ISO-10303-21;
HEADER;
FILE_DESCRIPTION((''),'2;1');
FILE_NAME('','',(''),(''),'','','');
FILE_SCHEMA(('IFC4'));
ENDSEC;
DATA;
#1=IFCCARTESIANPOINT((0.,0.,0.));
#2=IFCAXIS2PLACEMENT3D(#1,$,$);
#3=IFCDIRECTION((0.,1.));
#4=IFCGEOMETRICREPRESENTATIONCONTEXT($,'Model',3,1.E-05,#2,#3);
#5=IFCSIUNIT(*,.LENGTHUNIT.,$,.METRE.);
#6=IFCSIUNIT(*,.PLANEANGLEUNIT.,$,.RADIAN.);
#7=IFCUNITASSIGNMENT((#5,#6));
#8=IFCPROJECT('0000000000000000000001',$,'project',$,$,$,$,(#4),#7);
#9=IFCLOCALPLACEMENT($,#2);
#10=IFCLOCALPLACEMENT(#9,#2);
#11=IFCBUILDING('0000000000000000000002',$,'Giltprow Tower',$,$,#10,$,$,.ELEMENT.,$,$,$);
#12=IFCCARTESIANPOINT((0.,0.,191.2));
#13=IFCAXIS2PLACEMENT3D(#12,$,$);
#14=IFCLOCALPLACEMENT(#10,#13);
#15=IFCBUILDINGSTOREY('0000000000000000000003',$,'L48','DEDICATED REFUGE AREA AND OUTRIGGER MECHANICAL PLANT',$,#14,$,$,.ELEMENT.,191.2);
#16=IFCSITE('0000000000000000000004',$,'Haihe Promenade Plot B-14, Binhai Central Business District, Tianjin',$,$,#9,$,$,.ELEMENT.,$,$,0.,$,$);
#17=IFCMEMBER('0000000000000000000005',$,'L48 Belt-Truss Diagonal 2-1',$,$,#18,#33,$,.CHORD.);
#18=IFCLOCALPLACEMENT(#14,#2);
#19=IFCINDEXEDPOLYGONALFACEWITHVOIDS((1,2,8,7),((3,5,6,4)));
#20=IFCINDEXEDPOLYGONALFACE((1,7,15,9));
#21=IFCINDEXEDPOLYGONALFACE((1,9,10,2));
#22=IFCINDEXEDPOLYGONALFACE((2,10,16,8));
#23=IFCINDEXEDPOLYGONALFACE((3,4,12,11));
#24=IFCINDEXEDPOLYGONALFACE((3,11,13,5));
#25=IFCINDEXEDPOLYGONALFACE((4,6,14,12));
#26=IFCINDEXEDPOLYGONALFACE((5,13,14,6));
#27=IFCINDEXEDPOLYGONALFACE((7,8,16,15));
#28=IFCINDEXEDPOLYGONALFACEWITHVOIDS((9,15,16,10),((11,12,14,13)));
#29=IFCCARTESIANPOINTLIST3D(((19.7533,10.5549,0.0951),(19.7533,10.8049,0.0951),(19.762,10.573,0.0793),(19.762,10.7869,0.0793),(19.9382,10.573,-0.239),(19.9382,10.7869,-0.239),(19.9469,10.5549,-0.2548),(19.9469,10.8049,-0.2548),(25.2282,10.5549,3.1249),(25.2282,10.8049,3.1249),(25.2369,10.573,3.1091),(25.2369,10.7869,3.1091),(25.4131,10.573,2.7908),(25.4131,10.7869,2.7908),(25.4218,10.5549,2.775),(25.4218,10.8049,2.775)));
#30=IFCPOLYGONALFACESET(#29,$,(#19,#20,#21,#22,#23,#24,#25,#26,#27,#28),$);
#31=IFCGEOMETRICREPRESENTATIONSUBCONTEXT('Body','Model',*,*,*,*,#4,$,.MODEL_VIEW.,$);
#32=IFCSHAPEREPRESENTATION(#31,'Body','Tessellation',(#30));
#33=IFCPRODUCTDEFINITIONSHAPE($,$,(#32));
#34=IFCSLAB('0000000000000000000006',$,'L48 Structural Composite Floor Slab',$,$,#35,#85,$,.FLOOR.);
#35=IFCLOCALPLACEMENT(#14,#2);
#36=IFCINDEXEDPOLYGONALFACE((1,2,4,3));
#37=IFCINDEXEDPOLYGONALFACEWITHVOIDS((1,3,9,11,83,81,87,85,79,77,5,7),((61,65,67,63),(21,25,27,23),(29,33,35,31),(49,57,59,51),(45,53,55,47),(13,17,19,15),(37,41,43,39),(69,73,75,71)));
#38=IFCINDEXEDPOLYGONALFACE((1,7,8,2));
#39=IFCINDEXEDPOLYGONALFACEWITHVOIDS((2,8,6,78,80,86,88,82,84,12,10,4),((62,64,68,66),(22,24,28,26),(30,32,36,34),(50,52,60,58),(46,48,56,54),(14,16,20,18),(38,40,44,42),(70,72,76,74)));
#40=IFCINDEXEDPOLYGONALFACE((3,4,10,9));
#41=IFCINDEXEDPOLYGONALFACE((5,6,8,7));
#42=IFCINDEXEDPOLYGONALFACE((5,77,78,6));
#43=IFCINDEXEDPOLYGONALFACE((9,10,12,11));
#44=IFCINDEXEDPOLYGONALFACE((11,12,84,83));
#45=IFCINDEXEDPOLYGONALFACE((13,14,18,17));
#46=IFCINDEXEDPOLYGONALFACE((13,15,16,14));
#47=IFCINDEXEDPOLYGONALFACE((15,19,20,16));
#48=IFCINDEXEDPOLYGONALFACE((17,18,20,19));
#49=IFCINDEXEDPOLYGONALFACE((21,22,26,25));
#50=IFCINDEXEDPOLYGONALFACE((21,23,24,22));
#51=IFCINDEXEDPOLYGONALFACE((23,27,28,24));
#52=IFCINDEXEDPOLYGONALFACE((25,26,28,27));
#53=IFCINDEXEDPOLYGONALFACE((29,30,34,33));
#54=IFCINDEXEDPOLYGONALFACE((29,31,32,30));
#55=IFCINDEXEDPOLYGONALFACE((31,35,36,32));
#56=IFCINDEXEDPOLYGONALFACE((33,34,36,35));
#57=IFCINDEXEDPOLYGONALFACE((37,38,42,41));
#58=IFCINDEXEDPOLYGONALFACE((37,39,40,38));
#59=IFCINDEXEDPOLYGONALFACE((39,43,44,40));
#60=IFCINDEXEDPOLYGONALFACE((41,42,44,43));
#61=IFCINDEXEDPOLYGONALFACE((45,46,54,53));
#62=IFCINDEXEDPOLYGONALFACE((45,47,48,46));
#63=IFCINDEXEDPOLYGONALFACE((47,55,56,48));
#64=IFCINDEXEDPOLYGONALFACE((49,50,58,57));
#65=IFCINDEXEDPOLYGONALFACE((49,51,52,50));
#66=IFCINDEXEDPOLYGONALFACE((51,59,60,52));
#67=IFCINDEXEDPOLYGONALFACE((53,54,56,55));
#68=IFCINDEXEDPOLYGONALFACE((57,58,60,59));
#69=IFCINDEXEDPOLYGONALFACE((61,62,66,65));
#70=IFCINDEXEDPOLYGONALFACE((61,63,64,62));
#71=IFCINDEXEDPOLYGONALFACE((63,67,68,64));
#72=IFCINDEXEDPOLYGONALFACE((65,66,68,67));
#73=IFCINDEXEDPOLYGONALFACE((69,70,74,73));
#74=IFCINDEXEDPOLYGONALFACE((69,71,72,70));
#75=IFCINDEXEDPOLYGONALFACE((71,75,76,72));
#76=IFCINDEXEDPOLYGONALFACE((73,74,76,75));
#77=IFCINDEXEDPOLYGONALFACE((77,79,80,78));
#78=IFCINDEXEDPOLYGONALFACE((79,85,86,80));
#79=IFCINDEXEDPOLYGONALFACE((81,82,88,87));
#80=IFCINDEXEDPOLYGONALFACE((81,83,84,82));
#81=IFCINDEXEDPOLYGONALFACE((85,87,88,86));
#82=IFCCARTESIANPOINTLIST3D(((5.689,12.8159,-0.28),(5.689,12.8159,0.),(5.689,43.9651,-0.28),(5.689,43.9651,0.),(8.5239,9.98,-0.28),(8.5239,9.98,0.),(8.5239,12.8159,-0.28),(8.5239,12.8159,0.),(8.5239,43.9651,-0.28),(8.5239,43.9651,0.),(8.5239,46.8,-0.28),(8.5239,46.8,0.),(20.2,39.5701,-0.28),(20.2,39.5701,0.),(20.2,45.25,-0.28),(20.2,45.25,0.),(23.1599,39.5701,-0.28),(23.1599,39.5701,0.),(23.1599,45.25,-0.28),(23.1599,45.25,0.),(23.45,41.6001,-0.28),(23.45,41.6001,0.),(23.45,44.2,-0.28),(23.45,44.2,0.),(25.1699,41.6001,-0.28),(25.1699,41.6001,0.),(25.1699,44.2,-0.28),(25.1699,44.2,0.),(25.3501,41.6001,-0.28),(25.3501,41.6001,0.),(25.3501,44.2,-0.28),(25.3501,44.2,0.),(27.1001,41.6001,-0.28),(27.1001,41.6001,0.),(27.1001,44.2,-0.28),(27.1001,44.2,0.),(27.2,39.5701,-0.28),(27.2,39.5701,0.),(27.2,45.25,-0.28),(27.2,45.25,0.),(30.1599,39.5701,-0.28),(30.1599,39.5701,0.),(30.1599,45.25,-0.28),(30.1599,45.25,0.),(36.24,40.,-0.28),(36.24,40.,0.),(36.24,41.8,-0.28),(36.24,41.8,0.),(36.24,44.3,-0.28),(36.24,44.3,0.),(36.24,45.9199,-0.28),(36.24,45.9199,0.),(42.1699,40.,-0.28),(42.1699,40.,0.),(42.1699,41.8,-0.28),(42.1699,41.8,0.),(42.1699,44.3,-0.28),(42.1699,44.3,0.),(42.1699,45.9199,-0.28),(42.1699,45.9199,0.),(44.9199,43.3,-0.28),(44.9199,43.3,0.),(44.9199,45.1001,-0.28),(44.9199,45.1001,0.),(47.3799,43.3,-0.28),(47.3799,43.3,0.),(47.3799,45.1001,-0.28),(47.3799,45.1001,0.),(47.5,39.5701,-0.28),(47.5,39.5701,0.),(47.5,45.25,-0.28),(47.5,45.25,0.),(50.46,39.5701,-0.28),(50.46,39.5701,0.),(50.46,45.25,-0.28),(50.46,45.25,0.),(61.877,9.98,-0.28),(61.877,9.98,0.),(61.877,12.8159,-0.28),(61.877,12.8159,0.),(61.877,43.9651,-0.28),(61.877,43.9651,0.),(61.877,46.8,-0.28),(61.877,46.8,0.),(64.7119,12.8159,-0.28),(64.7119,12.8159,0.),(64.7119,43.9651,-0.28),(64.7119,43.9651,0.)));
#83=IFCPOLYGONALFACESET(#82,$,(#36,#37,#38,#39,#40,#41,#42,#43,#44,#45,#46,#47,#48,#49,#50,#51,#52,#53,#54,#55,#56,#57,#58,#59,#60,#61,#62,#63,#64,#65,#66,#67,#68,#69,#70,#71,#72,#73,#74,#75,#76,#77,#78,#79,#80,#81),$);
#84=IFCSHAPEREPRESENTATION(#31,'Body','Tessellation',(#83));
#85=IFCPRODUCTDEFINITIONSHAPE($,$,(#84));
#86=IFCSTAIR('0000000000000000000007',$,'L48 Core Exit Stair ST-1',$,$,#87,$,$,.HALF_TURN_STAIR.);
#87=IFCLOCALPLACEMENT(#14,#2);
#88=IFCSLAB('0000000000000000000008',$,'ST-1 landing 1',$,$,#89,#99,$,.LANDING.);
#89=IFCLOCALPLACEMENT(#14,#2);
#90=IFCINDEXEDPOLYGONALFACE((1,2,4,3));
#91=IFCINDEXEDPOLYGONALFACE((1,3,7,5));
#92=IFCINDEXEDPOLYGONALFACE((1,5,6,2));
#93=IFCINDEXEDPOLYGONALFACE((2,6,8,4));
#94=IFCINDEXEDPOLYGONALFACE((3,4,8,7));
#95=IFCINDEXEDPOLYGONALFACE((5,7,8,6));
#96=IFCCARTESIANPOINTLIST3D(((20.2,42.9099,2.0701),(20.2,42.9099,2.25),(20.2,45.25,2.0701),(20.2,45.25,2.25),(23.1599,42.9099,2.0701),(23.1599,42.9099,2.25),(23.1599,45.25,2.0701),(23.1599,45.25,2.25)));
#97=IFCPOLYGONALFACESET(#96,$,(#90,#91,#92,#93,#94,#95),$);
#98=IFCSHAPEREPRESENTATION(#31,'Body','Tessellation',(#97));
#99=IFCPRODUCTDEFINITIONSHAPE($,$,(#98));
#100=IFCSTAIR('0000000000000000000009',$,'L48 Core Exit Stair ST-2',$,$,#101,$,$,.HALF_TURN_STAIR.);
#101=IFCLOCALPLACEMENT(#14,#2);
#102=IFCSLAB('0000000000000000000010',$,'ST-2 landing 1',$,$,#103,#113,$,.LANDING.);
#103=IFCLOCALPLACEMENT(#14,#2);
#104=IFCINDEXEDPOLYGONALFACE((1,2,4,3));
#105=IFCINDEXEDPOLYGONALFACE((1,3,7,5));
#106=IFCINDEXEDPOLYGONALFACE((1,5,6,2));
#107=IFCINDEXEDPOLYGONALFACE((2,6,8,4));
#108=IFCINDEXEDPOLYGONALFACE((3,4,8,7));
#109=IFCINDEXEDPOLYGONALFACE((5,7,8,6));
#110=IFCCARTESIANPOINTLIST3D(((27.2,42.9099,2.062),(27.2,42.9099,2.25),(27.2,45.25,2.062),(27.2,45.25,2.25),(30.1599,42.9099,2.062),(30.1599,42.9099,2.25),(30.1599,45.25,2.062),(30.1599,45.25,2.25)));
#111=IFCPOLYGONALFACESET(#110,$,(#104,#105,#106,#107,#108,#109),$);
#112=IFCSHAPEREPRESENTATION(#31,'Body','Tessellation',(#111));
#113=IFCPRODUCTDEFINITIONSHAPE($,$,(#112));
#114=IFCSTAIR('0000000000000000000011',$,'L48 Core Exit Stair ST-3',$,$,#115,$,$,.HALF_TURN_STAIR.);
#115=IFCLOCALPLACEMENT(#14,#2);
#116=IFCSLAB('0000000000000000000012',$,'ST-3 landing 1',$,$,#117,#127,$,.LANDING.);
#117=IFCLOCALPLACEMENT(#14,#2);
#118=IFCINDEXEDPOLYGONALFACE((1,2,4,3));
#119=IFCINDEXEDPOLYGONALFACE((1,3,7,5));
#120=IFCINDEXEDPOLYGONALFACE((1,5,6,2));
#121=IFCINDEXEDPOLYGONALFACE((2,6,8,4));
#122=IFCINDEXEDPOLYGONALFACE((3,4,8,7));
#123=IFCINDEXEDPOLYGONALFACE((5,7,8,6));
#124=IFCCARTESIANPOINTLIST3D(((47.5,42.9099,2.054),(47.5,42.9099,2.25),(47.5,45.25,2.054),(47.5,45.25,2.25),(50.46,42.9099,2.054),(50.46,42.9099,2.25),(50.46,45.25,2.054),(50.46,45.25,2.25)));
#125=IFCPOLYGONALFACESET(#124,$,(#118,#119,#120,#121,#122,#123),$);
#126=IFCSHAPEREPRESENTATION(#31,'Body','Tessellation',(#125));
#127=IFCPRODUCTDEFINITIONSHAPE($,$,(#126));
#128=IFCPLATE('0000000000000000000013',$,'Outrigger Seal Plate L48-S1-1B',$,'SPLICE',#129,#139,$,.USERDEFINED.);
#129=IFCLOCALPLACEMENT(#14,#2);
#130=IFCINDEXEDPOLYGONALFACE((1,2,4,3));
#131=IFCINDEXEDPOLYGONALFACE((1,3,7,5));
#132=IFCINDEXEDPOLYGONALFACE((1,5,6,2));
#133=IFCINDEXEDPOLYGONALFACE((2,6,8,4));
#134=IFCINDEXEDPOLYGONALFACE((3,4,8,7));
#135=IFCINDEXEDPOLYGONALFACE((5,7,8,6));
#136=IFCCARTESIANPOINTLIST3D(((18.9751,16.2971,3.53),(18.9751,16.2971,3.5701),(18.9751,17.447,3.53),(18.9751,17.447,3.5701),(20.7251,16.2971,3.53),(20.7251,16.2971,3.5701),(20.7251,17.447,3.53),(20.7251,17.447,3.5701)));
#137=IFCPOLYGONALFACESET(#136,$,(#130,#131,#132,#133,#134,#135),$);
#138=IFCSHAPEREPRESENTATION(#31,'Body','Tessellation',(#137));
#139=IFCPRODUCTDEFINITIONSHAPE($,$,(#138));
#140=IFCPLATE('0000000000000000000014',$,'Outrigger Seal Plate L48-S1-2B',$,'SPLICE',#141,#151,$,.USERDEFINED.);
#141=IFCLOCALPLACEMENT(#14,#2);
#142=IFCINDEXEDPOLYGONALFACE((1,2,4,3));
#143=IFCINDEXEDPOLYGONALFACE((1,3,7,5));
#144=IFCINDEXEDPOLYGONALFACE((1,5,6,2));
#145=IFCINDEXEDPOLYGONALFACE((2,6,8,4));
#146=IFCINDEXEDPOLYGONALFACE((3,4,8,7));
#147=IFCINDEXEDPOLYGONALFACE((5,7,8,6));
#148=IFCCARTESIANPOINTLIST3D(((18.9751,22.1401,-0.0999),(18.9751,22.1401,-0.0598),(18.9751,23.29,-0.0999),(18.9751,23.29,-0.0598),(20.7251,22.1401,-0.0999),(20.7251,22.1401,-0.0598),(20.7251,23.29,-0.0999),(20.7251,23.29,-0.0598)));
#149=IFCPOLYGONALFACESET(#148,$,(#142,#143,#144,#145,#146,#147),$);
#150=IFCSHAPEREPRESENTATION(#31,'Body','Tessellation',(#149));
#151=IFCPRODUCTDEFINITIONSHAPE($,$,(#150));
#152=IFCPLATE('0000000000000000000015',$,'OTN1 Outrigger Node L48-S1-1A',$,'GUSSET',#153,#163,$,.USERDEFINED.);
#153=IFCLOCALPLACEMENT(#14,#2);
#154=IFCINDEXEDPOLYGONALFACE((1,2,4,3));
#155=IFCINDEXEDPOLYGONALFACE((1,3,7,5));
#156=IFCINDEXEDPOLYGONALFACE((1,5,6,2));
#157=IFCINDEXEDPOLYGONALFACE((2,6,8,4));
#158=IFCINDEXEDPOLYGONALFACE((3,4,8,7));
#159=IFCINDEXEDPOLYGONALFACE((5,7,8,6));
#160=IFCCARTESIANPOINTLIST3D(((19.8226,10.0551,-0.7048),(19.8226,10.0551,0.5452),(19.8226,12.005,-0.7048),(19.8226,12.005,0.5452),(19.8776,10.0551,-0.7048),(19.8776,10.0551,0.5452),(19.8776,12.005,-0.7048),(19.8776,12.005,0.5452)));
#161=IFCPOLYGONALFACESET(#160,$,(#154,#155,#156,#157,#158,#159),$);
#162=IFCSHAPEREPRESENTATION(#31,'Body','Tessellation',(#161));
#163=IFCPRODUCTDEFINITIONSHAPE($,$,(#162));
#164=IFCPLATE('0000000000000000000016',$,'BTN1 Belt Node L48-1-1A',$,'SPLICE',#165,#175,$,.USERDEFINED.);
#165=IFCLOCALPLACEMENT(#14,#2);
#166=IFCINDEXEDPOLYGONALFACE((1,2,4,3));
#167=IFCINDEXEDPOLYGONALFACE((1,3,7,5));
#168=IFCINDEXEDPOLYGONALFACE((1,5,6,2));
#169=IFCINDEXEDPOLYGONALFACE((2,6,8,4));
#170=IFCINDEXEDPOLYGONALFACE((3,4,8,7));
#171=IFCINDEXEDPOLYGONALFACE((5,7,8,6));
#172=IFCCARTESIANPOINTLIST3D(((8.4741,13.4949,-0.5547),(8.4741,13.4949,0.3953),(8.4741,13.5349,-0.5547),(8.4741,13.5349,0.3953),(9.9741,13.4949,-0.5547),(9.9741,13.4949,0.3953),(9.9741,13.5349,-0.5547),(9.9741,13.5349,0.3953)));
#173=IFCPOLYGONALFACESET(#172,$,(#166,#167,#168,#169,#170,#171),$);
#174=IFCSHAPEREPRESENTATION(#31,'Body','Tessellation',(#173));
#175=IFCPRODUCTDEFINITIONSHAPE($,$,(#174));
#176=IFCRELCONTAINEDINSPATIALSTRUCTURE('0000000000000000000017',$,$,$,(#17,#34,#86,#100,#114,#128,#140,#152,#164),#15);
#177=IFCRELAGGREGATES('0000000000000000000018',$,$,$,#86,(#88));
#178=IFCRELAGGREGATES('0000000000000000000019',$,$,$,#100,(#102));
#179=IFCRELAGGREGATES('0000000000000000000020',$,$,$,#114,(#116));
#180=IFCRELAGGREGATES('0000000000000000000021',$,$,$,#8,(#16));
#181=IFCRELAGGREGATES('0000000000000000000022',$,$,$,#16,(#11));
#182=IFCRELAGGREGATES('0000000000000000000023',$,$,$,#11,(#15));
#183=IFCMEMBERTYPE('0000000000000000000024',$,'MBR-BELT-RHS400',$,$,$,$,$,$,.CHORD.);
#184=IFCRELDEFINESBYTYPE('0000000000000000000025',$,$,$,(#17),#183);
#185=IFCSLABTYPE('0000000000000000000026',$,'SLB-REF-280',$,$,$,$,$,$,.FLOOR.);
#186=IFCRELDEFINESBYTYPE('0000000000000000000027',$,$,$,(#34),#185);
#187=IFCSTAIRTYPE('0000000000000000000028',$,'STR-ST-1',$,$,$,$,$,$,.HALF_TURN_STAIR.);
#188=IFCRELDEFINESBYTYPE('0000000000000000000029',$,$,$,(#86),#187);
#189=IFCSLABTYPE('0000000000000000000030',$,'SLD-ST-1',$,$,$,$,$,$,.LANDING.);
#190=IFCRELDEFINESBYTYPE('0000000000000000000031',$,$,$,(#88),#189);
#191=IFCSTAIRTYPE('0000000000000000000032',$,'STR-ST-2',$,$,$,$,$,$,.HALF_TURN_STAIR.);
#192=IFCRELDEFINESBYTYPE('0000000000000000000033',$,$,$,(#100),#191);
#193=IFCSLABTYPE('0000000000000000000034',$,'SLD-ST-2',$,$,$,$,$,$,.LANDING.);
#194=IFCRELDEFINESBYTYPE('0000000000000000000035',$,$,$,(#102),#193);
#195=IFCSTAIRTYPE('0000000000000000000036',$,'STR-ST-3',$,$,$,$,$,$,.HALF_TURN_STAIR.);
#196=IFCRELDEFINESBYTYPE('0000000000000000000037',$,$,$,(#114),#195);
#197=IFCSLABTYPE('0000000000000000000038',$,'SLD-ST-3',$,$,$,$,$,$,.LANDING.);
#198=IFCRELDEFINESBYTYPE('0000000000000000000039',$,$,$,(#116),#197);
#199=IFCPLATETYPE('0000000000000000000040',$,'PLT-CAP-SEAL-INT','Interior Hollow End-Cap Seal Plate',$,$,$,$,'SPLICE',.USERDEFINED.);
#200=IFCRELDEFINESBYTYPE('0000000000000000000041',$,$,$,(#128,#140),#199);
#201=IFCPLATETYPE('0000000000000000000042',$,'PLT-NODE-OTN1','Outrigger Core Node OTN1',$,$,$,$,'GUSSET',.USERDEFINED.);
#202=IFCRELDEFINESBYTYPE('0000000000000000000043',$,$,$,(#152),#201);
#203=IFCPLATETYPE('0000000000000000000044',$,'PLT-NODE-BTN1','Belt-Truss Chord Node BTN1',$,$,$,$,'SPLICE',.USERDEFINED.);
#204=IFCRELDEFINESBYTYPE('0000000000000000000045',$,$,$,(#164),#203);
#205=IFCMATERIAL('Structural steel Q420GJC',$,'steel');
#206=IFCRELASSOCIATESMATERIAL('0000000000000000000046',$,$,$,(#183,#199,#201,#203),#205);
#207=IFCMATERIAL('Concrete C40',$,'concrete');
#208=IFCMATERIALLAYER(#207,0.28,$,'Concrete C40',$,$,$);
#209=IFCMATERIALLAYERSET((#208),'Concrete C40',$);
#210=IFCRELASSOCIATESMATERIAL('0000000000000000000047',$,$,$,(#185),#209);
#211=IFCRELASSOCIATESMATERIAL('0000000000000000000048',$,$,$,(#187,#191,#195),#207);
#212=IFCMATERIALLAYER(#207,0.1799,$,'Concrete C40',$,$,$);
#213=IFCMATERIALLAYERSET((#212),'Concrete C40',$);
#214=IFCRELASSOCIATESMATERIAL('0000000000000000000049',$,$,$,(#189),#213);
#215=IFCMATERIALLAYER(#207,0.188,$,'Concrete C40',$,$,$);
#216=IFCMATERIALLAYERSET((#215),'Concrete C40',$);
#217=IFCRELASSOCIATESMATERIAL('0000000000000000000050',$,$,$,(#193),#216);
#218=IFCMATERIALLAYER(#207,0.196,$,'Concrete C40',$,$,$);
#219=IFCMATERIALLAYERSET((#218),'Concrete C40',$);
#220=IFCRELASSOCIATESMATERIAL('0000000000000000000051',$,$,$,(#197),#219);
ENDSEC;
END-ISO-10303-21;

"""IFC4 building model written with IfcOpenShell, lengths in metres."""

from ifc_helpers import new_model, si_unit, direction, frame, origin, origin_2d, place, context, subcontext, project, spatial, polyline, rectangle, hollow_rectangle, outline, extrude, source, transform, mapped, material, layer, layer_set, material_profile, profile_set, type_object, element, aggregate, save


model = new_model("IFC4")

# Units and contexts
model_context = context("Model", 3, precision=1e-05, world=origin(), true_north=direction((0.0, 1.0)))
body_context = subcontext(model_context, "Body", "Model", "MODEL_VIEW")
ifc_project = project(units=[si_unit("LENGTHUNIT", "METRE"), si_unit("PLANEANGLEUNIT", "RADIAN")], contexts=[model_context])

# Site, building, storey
site_placement = place(None, origin())
site = spatial("IfcSite", under=ifc_project, at=site_placement, Name="Haihe Promenade Plot B-14, Binhai Central Business District, Tianjin", CompositionType="ELEMENT", RefElevation=0.0)
building_placement = place(site_placement, origin())
building = spatial("IfcBuilding", under=site, at=building_placement, Name="Giltprow Tower", CompositionType="ELEMENT")
storey_placement = place(building_placement, frame((0.0, 0.0, 191.2)))
storey = spatial("IfcBuildingStorey", under=building, at=storey_placement, Name="L48", Description="DEDICATED REFUGE AREA AND OUTRIGGER MECHANICAL PLANT", CompositionType="ELEMENT", Elevation=191.2)

# Shared definitions
ifc_material_1 = material(Name="Structural steel Q420GJC", Category="steel")

# Member
ifc_material_profile_1 = material_profile(ifc_material_1, hollow_rectangle(XDim=0.25, YDim=0.3999, WallThickness=0.0181, at=origin_2d()), Name="RHS 400x250x18")
ifc_profile_set_1 = profile_set([ifc_material_profile_1], Name="Structural steel Q420GJC")
member_type_1 = type_object("IfcMemberType", Name="MBR-BELT-RHS400", PredefinedType="CHORD", material=ifc_profile_set_1)
shared_shape_1 = source(origin(), body_context, "Body", "SweptSolid", [
    extrude(hollow_rectangle(XDim=0.25, YDim=0.3999, WallThickness=0.0181, at=origin_2d()), origin(), (0.0, 0.0, 1.0), 6.2573),
])
member_1_placement = place(storey_placement, frame((19.8501, 10.6799, -0.0798), z_axis=(0.874957, 0.0, 0.484201), x_axis=(0.0, 1.0, 0.0)))
element("IfcMember", 1, at=member_1_placement, inside=storey, type_object=member_type_1, Name="L48 Belt-Truss Diagonal 2-1", PredefinedType="CHORD", context=body_context, shape_type="MappedRepresentation", body=[
    mapped(shared_shape_1, transform((0.0, 0.0, 0.0), x_axis=(1.0, 0.0, 0.0), y_axis=(0.0, 1.0, 0.0), z_axis=(0.0, 0.0, 1.0), scale=1.0)),
])

# Slab
ifc_material_2 = material(Name="Concrete C40", Category="concrete")
ifc_layer_1 = layer(ifc_material_2, 0.28, Name="Concrete C40")
ifc_layer_set_1 = layer_set([ifc_layer_1], Name="Concrete C40")
slab_type_1 = type_object("IfcSlabType", Name="SLB-REF-280", PredefinedType="FLOOR", material=ifc_layer_set_1)
slab_1_placement = place(storey_placement, frame((0.0, 0.0, -0.28)))
element("IfcSlab", 2, at=slab_1_placement, inside=storey, type_object=slab_type_1, Name="L48 Structural Composite Floor Slab", PredefinedType="FLOOR", context=body_context, shape_type="SweptSolid", body=[
    extrude(outline(polyline([(8.5239, 12.8159), (5.689, 12.8159), (5.689, 43.9651), (8.5239, 43.9651), (8.5239, 46.8), (61.877, 46.8), (61.877, 43.9651), (64.7119, 43.9651), (64.7119, 12.8159), (61.877, 12.8159), (61.877, 9.98), (8.5239, 9.98), (8.5239, 12.8159)]), holes=[polyline([(42.1699, 41.8), (36.24, 41.8), (36.24, 40.0), (42.1699, 40.0), (42.1699, 41.8)]), polyline([(23.1599, 45.25), (20.2, 45.25), (20.2, 39.5701), (23.1599, 39.5701), (23.1599, 45.25)]), polyline([(30.1599, 45.25), (27.2, 45.25), (27.2, 39.5701), (30.1599, 39.5701), (30.1599, 45.25)]), polyline([(50.46, 45.25), (47.5, 45.25), (47.5, 39.5701), (50.46, 39.5701), (50.46, 45.25)]), polyline([(25.1699, 44.2), (23.45, 44.2), (23.45, 41.6001), (25.1699, 41.6001), (25.1699, 44.2)]), polyline([(27.1001, 44.2), (25.3501, 44.2), (25.3501, 41.6001), (27.1001, 41.6001), (27.1001, 44.2)]), polyline([(47.3799, 45.1001), (44.9199, 45.1001), (44.9199, 43.3), (47.3799, 43.3), (47.3799, 45.1001)]), polyline([(42.1699, 45.9199), (36.24, 45.9199), (36.24, 44.3), (42.1699, 44.3), (42.1699, 45.9199)])]), origin(), (0.0, 0.0, 1.0), 0.28),
])

# Stairs, slabs
stair_type_1 = type_object("IfcStairType", Name="STR-ST-1", PredefinedType="HALF_TURN_STAIR", material=ifc_material_2)
stair_1_placement = place(storey_placement, origin())
stair_1 = element("IfcStair", 3, at=stair_1_placement, inside=storey, type_object=stair_type_1, Name="L48 Core Exit Stair ST-1", PredefinedType="HALF_TURN_STAIR")
ifc_layer_2 = layer(ifc_material_2, 0.1799, Name="Concrete C40")
ifc_layer_set_2 = layer_set([ifc_layer_2], Name="Concrete C40")
slab_type_2 = type_object("IfcSlabType", Name="SLD-ST-1", PredefinedType="LANDING", material=ifc_layer_set_2)
slab_2_placement = place(storey_placement, frame((0.0, 0.0, 2.0701)))
slab_2 = element("IfcSlab", 4, at=slab_2_placement, type_object=slab_type_2, Name="ST-1 landing 1", PredefinedType="LANDING", context=body_context, shape_type="SweptSolid", body=[
    extrude(outline(polyline([(23.1599, 42.9099), (23.1599, 45.25), (20.2, 45.25), (20.2, 42.9099), (23.1599, 42.9099)])), origin(), (0.0, 0.0, 1.0), 0.1799),
])
aggregate(stair_1, [slab_2])
stair_type_2 = type_object("IfcStairType", Name="STR-ST-2", PredefinedType="HALF_TURN_STAIR", material=ifc_material_2)
stair_2_placement = place(storey_placement, origin())
stair_2 = element("IfcStair", 5, at=stair_2_placement, inside=storey, type_object=stair_type_2, Name="L48 Core Exit Stair ST-2", PredefinedType="HALF_TURN_STAIR")
ifc_layer_3 = layer(ifc_material_2, 0.188, Name="Concrete C40")
ifc_layer_set_3 = layer_set([ifc_layer_3], Name="Concrete C40")
slab_type_3 = type_object("IfcSlabType", Name="SLD-ST-2", PredefinedType="LANDING", material=ifc_layer_set_3)
slab_3_placement = place(storey_placement, frame((0.0, 0.0, 2.062)))
slab_3 = element("IfcSlab", 6, at=slab_3_placement, type_object=slab_type_3, Name="ST-2 landing 1", PredefinedType="LANDING", context=body_context, shape_type="SweptSolid", body=[
    extrude(outline(polyline([(30.1599, 42.9099), (30.1599, 45.25), (27.2, 45.25), (27.2, 42.9099), (30.1599, 42.9099)])), origin(), (0.0, 0.0, 1.0), 0.188),
])
aggregate(stair_2, [slab_3])
stair_type_3 = type_object("IfcStairType", Name="STR-ST-3", PredefinedType="HALF_TURN_STAIR", material=ifc_material_2)
stair_3_placement = place(storey_placement, origin())
stair_3 = element("IfcStair", 7, at=stair_3_placement, inside=storey, type_object=stair_type_3, Name="L48 Core Exit Stair ST-3", PredefinedType="HALF_TURN_STAIR")
ifc_layer_4 = layer(ifc_material_2, 0.196, Name="Concrete C40")
ifc_layer_set_4 = layer_set([ifc_layer_4], Name="Concrete C40")
slab_type_4 = type_object("IfcSlabType", Name="SLD-ST-3", PredefinedType="LANDING", material=ifc_layer_set_4)
slab_4_placement = place(storey_placement, frame((0.0, 0.0, 2.054)))
slab_4 = element("IfcSlab", 8, at=slab_4_placement, type_object=slab_type_4, Name="ST-3 landing 1", PredefinedType="LANDING", context=body_context, shape_type="SweptSolid", body=[
    extrude(outline(polyline([(50.46, 42.9099), (50.46, 45.25), (47.5, 45.25), (47.5, 42.9099), (50.46, 42.9099)])), origin(), (0.0, 0.0, 1.0), 0.196),
])
aggregate(stair_3, [slab_4])

# Plates
plate_type_1 = type_object("IfcPlateType", Name="PLT-CAP-SEAL-INT", Description="Interior Hollow End-Cap Seal Plate", ElementType="SPLICE", PredefinedType="USERDEFINED", material=ifc_material_1)
shared_shape_2 = source(origin(), body_context, "Body", "SweptSolid", [
    extrude(rectangle(XDim=1.75, YDim=1.1499, at=origin_2d()), origin(), (0.0, 0.0, 1.0), 0.04),
])
for number, where, z_axis, x_axis, name in (
    (9, (19.8501, 16.8721, 3.53), (0.0, 0.0, 1.0), (1.0, 0.0, 0.0), "Outrigger Seal Plate L48-S1-1B"),
    (10, (19.8501, 22.7151, -0.0999), (0.0, 0.0, 1.0), (1.0, 0.0, 0.0), "Outrigger Seal Plate L48-S1-2B"),
):
    element("IfcPlate", number, at=place(storey_placement, frame(where, z_axis=z_axis, x_axis=x_axis)), inside=storey, type_object=plate_type_1, Name=name, ObjectType="SPLICE", PredefinedType="USERDEFINED", context=body_context, shape_type="MappedRepresentation", body=[
        mapped(shared_shape_2, transform((0.0, 0.0, 0.0), x_axis=(1.0, 0.0, 0.0), y_axis=(0.0, 1.0, 0.0), z_axis=(0.0, 0.0, 1.0), scale=1.0)),
    ])
plate_type_2 = type_object("IfcPlateType", Name="PLT-NODE-OTN1", Description="Outrigger Core Node OTN1", ElementType="GUSSET", PredefinedType="USERDEFINED", material=ifc_material_1)
shared_shape_3 = source(origin(), body_context, "Body", "SweptSolid", [
    extrude(rectangle(XDim=1.95, YDim=0.0549, at=origin_2d()), origin(), (0.0, 0.0, 1.0), 1.25),
])
plate_placement = place(storey_placement, frame((19.8501, 11.03, -0.7048), z_axis=(0.0, 0.0, 1.0), x_axis=(0.0, 1.0, 0.0)))
element("IfcPlate", 11, at=plate_placement, inside=storey, type_object=plate_type_2, Name="OTN1 Outrigger Node L48-S1-1A", ObjectType="GUSSET", PredefinedType="USERDEFINED", context=body_context, shape_type="MappedRepresentation", body=[
    mapped(shared_shape_3, transform((0.0, 0.0, 0.0), x_axis=(1.0, 0.0, 0.0), y_axis=(0.0, 1.0, 0.0), z_axis=(0.0, 0.0, 1.0), scale=1.0)),
])
plate_type_3 = type_object("IfcPlateType", Name="PLT-NODE-BTN1", Description="Belt-Truss Chord Node BTN1", ElementType="SPLICE", PredefinedType="USERDEFINED", material=ifc_material_1)
shared_shape_4 = source(origin(), body_context, "Body", "SweptSolid", [
    extrude(rectangle(XDim=1.5, YDim=0.04, at=origin_2d()), origin(), (0.0, 0.0, 1.0), 0.95),
])
for number, where, z_axis, x_axis, name in (
    (12, (9.2241, 13.5149, -0.5547), (0.0, 0.0, 1.0), (1.0, 0.0, 0.0), "BTN1 Belt Node L48-1-1A"),
):
    element("IfcPlate", number, at=place(storey_placement, frame(where, z_axis=z_axis, x_axis=x_axis)), inside=storey, type_object=plate_type_3, Name=name, ObjectType="SPLICE", PredefinedType="USERDEFINED", context=body_context, shape_type="MappedRepresentation", body=[
        mapped(shared_shape_4, transform((0.0, 0.0, 0.0), x_axis=(1.0, 0.0, 0.0), y_axis=(0.0, 1.0, 0.0), z_axis=(0.0, 0.0, 1.0), scale=1.0)),
    ])

save(model, "model.ifc")
